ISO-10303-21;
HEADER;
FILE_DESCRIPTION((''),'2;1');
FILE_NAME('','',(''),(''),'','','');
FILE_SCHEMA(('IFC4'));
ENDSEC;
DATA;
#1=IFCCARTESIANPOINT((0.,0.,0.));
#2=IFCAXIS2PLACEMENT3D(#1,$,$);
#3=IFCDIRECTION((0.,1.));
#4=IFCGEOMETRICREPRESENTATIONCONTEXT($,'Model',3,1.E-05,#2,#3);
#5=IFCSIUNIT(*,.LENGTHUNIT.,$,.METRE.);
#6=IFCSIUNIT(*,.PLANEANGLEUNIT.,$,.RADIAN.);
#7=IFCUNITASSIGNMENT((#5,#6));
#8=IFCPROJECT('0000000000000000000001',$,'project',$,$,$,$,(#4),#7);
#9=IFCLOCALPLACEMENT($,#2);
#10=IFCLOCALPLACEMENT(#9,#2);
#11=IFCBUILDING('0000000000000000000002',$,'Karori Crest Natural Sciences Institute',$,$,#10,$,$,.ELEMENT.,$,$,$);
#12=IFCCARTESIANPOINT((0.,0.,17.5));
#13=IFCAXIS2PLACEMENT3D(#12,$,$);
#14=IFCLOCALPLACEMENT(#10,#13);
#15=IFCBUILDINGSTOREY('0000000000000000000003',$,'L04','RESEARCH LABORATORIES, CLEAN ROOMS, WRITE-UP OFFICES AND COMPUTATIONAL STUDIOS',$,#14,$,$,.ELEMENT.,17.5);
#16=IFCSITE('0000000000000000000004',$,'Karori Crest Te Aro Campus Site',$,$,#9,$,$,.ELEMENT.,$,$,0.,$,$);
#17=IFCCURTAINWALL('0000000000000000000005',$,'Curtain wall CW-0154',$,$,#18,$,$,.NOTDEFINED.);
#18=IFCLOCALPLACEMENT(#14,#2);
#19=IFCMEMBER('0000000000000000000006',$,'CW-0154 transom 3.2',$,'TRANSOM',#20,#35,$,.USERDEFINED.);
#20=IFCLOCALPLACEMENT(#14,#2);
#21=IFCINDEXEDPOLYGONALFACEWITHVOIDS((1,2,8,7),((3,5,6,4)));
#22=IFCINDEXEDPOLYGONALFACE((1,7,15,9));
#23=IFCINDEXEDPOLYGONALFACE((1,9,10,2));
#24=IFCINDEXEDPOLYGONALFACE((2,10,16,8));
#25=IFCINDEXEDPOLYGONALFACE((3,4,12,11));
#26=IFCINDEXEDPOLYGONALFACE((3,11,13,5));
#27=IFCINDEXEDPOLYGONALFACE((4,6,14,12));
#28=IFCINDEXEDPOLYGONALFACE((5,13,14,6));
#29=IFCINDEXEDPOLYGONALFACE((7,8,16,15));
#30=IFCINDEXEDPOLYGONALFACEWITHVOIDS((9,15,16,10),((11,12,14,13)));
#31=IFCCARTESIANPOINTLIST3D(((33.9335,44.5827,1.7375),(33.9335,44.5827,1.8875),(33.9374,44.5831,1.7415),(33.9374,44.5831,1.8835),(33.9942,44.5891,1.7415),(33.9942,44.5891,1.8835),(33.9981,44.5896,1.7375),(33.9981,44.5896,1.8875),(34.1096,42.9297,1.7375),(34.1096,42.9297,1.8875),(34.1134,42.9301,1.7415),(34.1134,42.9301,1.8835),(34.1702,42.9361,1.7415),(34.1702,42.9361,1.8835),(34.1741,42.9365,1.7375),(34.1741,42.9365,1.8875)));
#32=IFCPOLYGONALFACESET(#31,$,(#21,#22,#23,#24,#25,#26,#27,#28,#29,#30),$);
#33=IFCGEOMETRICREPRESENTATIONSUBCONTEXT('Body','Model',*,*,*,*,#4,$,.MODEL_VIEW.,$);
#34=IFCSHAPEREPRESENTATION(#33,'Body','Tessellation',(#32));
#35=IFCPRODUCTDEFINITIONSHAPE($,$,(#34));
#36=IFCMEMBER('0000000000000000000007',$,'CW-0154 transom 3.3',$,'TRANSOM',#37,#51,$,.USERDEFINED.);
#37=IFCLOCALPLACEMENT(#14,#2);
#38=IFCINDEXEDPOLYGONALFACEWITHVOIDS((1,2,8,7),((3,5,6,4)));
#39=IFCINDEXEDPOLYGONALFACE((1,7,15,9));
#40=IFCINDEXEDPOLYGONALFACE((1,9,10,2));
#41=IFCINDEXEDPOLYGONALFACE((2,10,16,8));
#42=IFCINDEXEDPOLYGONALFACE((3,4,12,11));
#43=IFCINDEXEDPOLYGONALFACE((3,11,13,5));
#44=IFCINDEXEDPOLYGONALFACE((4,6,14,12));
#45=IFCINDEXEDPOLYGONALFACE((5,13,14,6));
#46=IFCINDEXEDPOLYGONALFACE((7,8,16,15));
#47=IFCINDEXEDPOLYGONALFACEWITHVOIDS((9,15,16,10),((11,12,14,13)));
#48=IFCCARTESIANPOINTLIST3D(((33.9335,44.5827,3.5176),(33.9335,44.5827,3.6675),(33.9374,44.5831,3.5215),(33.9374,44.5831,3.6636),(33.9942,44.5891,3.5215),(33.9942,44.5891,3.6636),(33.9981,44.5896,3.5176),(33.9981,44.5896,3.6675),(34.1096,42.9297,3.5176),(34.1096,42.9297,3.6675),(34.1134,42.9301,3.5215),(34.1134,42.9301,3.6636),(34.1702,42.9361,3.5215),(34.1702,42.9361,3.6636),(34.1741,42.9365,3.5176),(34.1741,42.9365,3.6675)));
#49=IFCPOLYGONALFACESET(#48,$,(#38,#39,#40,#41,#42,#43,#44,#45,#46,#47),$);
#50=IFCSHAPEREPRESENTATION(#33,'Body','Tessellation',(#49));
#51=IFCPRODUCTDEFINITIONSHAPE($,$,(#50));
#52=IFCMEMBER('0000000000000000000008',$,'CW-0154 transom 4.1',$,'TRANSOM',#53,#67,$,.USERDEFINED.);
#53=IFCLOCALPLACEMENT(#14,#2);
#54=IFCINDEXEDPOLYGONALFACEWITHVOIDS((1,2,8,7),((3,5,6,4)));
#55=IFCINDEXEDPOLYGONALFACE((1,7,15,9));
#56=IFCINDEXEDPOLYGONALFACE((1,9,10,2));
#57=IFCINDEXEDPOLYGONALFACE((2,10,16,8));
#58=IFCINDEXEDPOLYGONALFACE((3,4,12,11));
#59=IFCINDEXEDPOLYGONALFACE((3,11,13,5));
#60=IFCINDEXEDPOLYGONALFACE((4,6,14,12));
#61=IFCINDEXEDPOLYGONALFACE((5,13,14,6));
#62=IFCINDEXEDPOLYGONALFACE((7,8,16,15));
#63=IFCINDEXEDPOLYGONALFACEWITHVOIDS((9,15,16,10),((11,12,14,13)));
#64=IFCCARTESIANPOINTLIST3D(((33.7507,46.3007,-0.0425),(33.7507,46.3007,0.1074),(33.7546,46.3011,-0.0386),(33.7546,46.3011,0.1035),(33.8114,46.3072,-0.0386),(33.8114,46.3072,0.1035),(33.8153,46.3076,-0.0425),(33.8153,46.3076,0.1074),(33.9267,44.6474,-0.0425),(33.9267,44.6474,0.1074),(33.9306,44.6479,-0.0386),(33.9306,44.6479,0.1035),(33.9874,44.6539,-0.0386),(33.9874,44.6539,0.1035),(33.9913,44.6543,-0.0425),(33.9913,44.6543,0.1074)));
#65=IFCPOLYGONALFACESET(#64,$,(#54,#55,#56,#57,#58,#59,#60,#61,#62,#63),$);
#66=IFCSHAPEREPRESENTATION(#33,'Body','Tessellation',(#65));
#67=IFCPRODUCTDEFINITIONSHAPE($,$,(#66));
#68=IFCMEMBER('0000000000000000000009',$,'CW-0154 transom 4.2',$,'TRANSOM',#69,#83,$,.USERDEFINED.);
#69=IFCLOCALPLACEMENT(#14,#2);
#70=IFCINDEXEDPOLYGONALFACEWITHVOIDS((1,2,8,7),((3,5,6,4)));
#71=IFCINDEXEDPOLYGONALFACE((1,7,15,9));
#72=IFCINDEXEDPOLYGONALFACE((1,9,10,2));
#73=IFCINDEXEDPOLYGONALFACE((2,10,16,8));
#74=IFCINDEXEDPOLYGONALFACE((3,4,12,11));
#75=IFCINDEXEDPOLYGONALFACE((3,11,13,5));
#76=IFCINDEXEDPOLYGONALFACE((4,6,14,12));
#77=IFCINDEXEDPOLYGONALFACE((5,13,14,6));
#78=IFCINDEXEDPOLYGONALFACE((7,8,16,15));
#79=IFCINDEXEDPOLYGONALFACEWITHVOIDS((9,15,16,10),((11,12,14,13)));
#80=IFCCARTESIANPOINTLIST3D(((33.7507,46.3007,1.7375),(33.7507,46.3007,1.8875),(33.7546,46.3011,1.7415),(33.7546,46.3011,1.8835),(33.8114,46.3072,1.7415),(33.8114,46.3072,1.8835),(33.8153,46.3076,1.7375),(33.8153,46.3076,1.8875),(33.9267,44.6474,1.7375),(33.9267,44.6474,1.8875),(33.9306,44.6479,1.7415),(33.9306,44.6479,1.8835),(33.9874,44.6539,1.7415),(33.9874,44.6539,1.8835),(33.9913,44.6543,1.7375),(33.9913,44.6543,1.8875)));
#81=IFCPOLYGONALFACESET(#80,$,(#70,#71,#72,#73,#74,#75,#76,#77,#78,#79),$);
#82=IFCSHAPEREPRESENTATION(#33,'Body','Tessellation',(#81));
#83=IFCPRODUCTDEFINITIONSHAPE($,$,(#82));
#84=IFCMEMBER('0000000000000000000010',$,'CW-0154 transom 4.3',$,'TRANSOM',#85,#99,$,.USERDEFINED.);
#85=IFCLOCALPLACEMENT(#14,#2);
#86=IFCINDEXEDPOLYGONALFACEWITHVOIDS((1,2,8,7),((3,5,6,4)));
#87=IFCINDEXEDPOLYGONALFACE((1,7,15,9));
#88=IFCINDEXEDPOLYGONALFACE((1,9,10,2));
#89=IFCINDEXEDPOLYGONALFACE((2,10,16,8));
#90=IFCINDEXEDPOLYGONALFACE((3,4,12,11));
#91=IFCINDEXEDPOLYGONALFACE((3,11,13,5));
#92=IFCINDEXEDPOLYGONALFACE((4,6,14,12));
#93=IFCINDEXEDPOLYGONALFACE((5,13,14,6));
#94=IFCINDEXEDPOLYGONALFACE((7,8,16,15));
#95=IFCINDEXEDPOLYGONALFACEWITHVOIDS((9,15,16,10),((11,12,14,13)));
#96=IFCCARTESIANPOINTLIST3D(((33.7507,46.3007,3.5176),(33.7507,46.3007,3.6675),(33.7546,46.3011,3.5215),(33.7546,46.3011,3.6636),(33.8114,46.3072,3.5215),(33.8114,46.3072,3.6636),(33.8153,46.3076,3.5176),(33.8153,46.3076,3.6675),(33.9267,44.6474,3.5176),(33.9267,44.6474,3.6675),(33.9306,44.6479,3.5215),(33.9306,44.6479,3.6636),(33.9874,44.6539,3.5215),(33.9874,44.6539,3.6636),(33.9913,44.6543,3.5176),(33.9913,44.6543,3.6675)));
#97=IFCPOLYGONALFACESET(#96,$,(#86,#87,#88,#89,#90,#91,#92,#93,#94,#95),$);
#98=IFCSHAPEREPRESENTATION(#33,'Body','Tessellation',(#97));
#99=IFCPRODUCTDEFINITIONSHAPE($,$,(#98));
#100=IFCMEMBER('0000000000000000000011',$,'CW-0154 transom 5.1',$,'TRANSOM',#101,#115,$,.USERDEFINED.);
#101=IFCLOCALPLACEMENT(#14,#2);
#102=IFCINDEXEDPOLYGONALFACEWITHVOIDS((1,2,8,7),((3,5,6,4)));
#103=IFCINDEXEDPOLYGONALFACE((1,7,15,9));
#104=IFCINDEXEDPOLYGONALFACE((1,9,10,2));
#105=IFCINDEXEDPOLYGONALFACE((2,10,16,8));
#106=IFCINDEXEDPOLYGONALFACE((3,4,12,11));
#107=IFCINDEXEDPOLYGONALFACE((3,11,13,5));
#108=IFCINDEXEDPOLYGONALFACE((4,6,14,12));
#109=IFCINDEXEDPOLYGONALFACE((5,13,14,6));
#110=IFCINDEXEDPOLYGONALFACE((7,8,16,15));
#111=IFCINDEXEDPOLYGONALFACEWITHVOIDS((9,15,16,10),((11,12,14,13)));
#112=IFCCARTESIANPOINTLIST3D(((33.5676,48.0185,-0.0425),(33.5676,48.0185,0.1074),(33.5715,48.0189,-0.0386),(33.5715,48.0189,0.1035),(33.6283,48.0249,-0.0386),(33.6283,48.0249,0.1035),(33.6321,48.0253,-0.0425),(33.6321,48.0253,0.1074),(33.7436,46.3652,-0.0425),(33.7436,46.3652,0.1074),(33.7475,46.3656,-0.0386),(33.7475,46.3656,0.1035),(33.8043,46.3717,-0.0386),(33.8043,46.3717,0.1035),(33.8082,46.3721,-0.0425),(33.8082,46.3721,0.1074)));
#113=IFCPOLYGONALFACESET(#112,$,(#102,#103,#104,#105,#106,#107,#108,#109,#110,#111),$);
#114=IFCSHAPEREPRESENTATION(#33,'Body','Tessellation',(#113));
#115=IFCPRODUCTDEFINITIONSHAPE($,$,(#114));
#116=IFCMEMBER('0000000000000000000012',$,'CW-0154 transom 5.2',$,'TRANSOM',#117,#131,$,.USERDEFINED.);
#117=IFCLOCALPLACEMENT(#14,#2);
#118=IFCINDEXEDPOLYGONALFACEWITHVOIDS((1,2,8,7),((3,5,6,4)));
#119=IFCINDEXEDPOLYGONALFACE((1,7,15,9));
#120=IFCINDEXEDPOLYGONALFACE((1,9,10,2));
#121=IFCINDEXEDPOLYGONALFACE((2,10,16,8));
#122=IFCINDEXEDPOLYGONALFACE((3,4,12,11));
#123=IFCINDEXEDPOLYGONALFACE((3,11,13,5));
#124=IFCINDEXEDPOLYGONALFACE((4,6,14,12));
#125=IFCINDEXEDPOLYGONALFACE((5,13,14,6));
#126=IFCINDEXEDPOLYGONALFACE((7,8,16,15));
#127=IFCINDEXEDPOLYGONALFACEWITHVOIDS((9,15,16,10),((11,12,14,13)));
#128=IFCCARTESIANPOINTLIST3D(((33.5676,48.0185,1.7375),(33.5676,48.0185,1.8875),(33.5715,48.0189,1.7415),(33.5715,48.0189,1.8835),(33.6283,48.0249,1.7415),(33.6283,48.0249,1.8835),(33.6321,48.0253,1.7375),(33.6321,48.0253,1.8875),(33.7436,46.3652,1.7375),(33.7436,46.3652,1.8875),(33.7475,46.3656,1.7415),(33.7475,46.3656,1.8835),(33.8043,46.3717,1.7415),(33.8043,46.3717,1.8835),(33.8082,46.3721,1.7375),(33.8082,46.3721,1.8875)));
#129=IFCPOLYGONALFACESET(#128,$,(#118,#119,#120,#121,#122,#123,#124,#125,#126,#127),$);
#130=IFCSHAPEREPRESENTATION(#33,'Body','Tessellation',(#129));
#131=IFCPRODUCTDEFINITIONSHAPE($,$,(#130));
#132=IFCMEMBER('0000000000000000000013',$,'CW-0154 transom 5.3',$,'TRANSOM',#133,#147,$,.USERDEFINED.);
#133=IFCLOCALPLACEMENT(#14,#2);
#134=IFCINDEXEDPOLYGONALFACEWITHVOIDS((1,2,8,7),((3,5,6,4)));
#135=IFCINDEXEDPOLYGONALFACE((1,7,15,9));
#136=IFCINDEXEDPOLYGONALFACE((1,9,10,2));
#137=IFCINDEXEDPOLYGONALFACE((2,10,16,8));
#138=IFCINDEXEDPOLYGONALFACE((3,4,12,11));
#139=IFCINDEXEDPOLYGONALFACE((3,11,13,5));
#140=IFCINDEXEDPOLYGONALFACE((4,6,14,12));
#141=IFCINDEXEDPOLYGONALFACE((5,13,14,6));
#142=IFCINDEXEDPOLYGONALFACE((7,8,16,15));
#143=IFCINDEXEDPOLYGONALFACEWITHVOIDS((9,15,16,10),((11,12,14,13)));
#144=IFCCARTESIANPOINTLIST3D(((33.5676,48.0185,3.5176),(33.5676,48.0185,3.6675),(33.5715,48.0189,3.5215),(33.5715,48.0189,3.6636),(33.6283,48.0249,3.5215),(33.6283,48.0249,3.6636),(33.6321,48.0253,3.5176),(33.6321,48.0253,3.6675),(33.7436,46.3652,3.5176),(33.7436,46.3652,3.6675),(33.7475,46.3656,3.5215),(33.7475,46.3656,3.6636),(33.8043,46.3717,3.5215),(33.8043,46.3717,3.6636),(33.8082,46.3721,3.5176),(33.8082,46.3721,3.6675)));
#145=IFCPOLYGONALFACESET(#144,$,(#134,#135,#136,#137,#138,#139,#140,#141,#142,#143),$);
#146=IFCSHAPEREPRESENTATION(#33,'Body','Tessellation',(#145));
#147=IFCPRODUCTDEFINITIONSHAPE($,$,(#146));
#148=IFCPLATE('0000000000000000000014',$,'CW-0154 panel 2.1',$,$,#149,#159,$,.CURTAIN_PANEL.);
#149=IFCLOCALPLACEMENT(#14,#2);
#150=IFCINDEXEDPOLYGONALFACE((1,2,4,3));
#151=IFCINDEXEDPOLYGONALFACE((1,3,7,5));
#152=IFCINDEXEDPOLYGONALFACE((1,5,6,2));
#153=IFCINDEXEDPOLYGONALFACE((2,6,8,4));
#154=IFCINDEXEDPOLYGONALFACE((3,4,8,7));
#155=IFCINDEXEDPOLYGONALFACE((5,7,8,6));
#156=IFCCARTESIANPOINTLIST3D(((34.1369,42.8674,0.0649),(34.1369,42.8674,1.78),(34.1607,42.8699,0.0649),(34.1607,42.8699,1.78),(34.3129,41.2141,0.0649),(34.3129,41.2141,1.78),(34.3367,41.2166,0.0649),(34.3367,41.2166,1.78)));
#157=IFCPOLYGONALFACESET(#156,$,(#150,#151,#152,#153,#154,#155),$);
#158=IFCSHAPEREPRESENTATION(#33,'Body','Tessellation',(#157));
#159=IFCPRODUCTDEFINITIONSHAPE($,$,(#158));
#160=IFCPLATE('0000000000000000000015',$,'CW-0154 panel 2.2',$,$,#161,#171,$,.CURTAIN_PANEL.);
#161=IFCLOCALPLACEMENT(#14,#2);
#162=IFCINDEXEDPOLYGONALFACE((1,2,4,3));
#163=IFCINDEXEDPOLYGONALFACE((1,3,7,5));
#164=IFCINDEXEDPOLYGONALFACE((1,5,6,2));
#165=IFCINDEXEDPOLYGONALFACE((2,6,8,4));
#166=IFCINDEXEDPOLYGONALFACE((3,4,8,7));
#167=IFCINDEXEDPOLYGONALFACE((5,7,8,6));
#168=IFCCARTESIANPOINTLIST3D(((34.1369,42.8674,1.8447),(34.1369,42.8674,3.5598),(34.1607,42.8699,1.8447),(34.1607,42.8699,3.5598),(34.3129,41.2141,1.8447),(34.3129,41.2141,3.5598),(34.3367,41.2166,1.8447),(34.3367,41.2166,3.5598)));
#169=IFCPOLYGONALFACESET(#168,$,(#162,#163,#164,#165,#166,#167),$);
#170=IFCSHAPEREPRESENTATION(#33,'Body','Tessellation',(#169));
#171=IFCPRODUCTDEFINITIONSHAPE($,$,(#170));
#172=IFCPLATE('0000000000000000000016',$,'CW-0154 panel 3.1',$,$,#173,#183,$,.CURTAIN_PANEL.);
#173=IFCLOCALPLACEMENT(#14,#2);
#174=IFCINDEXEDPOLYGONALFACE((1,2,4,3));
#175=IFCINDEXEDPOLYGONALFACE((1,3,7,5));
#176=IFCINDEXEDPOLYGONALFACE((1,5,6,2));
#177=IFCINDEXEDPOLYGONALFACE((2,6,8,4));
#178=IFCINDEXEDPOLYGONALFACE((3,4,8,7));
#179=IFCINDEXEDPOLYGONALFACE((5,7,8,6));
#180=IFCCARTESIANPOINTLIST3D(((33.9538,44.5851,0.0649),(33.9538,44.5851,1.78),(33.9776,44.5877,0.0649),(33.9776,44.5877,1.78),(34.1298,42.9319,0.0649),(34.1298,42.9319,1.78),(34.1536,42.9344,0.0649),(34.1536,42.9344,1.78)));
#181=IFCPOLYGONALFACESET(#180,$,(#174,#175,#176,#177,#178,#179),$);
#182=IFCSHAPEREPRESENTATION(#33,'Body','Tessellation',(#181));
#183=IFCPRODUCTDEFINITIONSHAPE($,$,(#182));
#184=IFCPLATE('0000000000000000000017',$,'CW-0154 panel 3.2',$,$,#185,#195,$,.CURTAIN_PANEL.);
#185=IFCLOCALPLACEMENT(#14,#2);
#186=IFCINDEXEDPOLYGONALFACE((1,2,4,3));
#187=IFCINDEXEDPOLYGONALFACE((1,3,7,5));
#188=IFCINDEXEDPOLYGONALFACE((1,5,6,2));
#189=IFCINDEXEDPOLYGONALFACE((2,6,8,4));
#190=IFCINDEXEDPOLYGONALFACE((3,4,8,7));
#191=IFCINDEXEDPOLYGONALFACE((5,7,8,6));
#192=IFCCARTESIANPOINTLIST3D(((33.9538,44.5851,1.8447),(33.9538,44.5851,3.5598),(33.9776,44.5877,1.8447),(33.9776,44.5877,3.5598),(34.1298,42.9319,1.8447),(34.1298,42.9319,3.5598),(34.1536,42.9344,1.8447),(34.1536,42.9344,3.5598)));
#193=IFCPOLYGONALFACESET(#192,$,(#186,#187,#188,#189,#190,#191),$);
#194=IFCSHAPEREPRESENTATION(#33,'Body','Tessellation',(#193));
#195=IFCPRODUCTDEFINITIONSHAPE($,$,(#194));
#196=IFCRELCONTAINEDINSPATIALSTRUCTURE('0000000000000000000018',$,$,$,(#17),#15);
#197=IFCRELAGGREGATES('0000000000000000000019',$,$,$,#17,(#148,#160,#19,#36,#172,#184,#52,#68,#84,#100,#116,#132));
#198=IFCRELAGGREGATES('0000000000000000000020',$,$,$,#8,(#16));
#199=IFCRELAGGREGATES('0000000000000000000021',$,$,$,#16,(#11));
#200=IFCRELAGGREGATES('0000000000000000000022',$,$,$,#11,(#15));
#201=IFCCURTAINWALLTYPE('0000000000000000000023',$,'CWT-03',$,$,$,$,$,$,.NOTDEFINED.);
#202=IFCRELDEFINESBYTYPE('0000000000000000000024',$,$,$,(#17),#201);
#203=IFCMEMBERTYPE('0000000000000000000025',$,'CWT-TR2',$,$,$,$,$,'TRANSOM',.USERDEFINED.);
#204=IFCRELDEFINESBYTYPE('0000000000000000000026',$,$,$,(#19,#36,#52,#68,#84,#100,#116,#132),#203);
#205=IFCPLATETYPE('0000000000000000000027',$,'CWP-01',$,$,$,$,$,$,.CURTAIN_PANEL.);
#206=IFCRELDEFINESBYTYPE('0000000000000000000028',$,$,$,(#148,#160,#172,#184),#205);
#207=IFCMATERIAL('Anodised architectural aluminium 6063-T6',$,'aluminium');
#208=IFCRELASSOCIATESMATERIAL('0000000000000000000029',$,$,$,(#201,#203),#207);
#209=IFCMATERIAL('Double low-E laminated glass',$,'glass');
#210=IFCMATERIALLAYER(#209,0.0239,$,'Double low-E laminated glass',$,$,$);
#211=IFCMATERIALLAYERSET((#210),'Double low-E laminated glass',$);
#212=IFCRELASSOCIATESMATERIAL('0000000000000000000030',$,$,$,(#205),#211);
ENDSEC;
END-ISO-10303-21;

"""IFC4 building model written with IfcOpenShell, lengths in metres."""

from ifc_helpers import new_model, si_unit, direction, frame, origin, origin_2d, place, context, subcontext, project, spatial, rectangle, hollow_rectangle, extrude, material, layer, layer_set, material_profile, profile_set, type_object, element, aggregate, save


model = new_model("IFC4")

# Units and contexts
model_context = context("Model", 3, precision=1e-05, world=origin(), true_north=direction((0.0, 1.0)))
body_context = subcontext(model_context, "Body", "Model", "MODEL_VIEW")
ifc_project = project(units=[si_unit("LENGTHUNIT", "METRE"), si_unit("PLANEANGLEUNIT", "RADIAN")], contexts=[model_context])

# Site, building, storey
site_placement = place(None, origin())
site = spatial("IfcSite", under=ifc_project, at=site_placement, Name="Karori Crest Te Aro Campus Site", CompositionType="ELEMENT", RefElevation=0.0)
building_placement = place(site_placement, origin())
building = spatial("IfcBuilding", under=site, at=building_placement, Name="Karori Crest Natural Sciences Institute", CompositionType="ELEMENT")
storey_placement = place(building_placement, frame((0.0, 0.0, 17.5)))
storey = spatial("IfcBuildingStorey", under=building, at=storey_placement, Name="L04", Description="RESEARCH LABORATORIES, CLEAN ROOMS, WRITE-UP OFFICES AND COMPUTATIONAL STUDIOS", CompositionType="ELEMENT", Elevation=17.5)

# Curtain wall
ifc_material_1 = material(Name="Anodised architectural aluminium 6063-T6", Category="aluminium")
curtain_wall_type_1 = type_object("IfcCurtainWallType", Name="CWT-03", PredefinedType="NOTDEFINED", material=ifc_material_1)
curtain_wall_1_placement = place(storey_placement, origin())
curtain_wall_1 = element("IfcCurtainWall", 1, at=curtain_wall_1_placement, inside=storey, type_object=curtain_wall_type_1, Name="Curtain wall CW-0154", PredefinedType="NOTDEFINED")

# Members
ifc_material_profile_1 = material_profile(ifc_material_1, hollow_rectangle(XDim=0.0649, YDim=0.1499, WallThickness=0.0039, at=origin_2d()), Name="CWT150x65x4")
ifc_profile_set_1 = profile_set([ifc_material_profile_1], Name="Anodised architectural aluminium 6063-T6")
member_type_1 = type_object("IfcMemberType", Name="CWT-TR2", ElementType="TRANSOM", PredefinedType="USERDEFINED", material=ifc_profile_set_1)
member_1_placement = place(storey_placement, frame((34.1418, 42.9331, 1.8125), z_axis=(-0.105885, 0.994378, 0.0), x_axis=(-0.994378, -0.105885, 0.0)))
member_1 = element("IfcMember", 2, at=member_1_placement, type_object=member_type_1, Name="CW-0154 transom 3.2", ObjectType="TRANSOM", PredefinedType="USERDEFINED", context=body_context, shape_type="SweptSolid", body=[
    extrude(hollow_rectangle(XDim=0.0649, YDim=0.1499, WallThickness=0.0039, at=origin_2d()), origin(), (0.0, 0.0, 1.0), 1.6624),
])
member_2_placement = place(storey_placement, frame((34.1418, 42.9331, 3.5925), z_axis=(-0.105885, 0.994378, 0.0), x_axis=(-0.994378, -0.105885, 0.0)))
member_2 = element("IfcMember", 3, at=member_2_placement, type_object=member_type_1, Name="CW-0154 transom 3.3", ObjectType="TRANSOM", PredefinedType="USERDEFINED", context=body_context, shape_type="SweptSolid", body=[
    extrude(hollow_rectangle(XDim=0.0649, YDim=0.1499, WallThickness=0.0039, at=origin_2d()), origin(), (0.0, 0.0, 1.0), 1.6624),
])
member_3_placement = place(storey_placement, frame((33.959, 44.6509, 0.0325), z_axis=(-0.105869, 0.99438, 0.0), x_axis=(-0.99438, -0.105869, 0.0)))
member_3 = element("IfcMember", 4, at=member_3_placement, type_object=member_type_1, Name="CW-0154 transom 4.1", ObjectType="TRANSOM", PredefinedType="USERDEFINED", context=body_context, shape_type="SweptSolid", body=[
    extrude(hollow_rectangle(XDim=0.0649, YDim=0.1499, WallThickness=0.0039, at=origin_2d()), origin(), (0.0, 0.0, 1.0), 1.6626),
])
member_4_placement = place(storey_placement, frame((33.959, 44.6509, 1.8125), z_axis=(-0.105869, 0.99438, 0.0), x_axis=(-0.99438, -0.105869, 0.0)))
member_4 = element("IfcMember", 5, at=member_4_placement, type_object=member_type_1, Name="CW-0154 transom 4.2", ObjectType="TRANSOM", PredefinedType="USERDEFINED", context=body_context, shape_type="SweptSolid", body=[
    extrude(hollow_rectangle(XDim=0.0649, YDim=0.1499, WallThickness=0.0039, at=origin_2d()), origin(), (0.0, 0.0, 1.0), 1.6626),
])
member_5_placement = place(storey_placement, frame((33.959, 44.6509, 3.5925), z_axis=(-0.105869, 0.99438, 0.0), x_axis=(-0.99438, -0.105869, 0.0)))
member_5 = element("IfcMember", 6, at=member_5_placement, type_object=member_type_1, Name="CW-0154 transom 4.3", ObjectType="TRANSOM", PredefinedType="USERDEFINED", context=body_context, shape_type="SweptSolid", body=[
    extrude(hollow_rectangle(XDim=0.0649, YDim=0.1499, WallThickness=0.0039, at=origin_2d()), origin(), (0.0, 0.0, 1.0), 1.6626),
])
member_6_placement = place(storey_placement, frame((33.7759, 46.3687, 0.0325), z_axis=(-0.105869, 0.99438, 0.0), x_axis=(-0.99438, -0.105869, 0.0)))
member_6 = element("IfcMember", 7, at=member_6_placement, type_object=member_type_1, Name="CW-0154 transom 5.1", ObjectType="TRANSOM", PredefinedType="USERDEFINED", context=body_context, shape_type="SweptSolid", body=[
    extrude(hollow_rectangle(XDim=0.0649, YDim=0.1499, WallThickness=0.0039, at=origin_2d()), origin(), (0.0, 0.0, 1.0), 1.6626),
])
member_7_placement = place(storey_placement, frame((33.7759, 46.3687, 1.8125), z_axis=(-0.105869, 0.99438, 0.0), x_axis=(-0.99438, -0.105869, 0.0)))
member_7 = element("IfcMember", 8, at=member_7_placement, type_object=member_type_1, Name="CW-0154 transom 5.2", ObjectType="TRANSOM", PredefinedType="USERDEFINED", context=body_context, shape_type="SweptSolid", body=[
    extrude(hollow_rectangle(XDim=0.0649, YDim=0.1499, WallThickness=0.0039, at=origin_2d()), origin(), (0.0, 0.0, 1.0), 1.6626),
])
member_8_placement = place(storey_placement, frame((33.7759, 46.3687, 3.5925), z_axis=(-0.105869, 0.99438, 0.0), x_axis=(-0.99438, -0.105869, 0.0)))
member_8 = element("IfcMember", 9, at=member_8_placement, type_object=member_type_1, Name="CW-0154 transom 5.3", ObjectType="TRANSOM", PredefinedType="USERDEFINED", context=body_context, shape_type="SweptSolid", body=[
    extrude(hollow_rectangle(XDim=0.0649, YDim=0.1499, WallThickness=0.0039, at=origin_2d()), origin(), (0.0, 0.0, 1.0), 1.6626),
])

# Plates
ifc_material_2 = material(Name="Double low-E laminated glass", Category="glass")
ifc_layer_1 = layer(ifc_material_2, 0.0239, Name="Double low-E laminated glass")
ifc_layer_set_1 = layer_set([ifc_layer_1], Name="Double low-E laminated glass")
plate_type_1 = type_object("IfcPlateType", Name="CWP-01", PredefinedType="CURTAIN_PANEL", material=ifc_layer_set_1)
plate_1_placement = place(storey_placement, frame((34.2368, 42.042, 0.0649), z_axis=(0.0, 0.0, 1.0), x_axis=(-0.105884, 0.994378, 0.0)))
plate_1 = element("IfcPlate", 10, at=plate_1_placement, type_object=plate_type_1, Name="CW-0154 panel 2.1", PredefinedType="CURTAIN_PANEL", context=body_context, shape_type="SweptSolid", body=[
    extrude(rectangle(XDim=1.6626, YDim=0.0239, at=origin_2d()), origin(), (0.0, 0.0, 1.0), 1.7151),
])
plate_2_placement = place(storey_placement, frame((34.2368, 42.042, 1.8447), z_axis=(0.0, 0.0, 1.0), x_axis=(-0.105884, 0.994378, 0.0)))
plate_2 = element("IfcPlate", 11, at=plate_2_placement, type_object=plate_type_1, Name="CW-0154 panel 2.2", PredefinedType="CURTAIN_PANEL", context=body_context, shape_type="SweptSolid", body=[
    extrude(rectangle(XDim=1.6626, YDim=0.0239, at=origin_2d()), origin(), (0.0, 0.0, 1.0), 1.7151),
])
plate_3_placement = place(storey_placement, frame((34.0537, 43.7598, 0.0649), z_axis=(0.0, 0.0, 1.0), x_axis=(-0.105884, 0.994378, 0.0)))
plate_3 = element("IfcPlate", 12, at=plate_3_placement, type_object=plate_type_1, Name="CW-0154 panel 3.1", PredefinedType="CURTAIN_PANEL", context=body_context, shape_type="SweptSolid", body=[
    extrude(rectangle(XDim=1.6626, YDim=0.0239, at=origin_2d()), origin(), (0.0, 0.0, 1.0), 1.7151),
])
plate_4_placement = place(storey_placement, frame((34.0537, 43.7598, 1.8447), z_axis=(0.0, 0.0, 1.0), x_axis=(-0.105884, 0.994378, 0.0)))
plate_4 = element("IfcPlate", 13, at=plate_4_placement, type_object=plate_type_1, Name="CW-0154 panel 3.2", PredefinedType="CURTAIN_PANEL", context=body_context, shape_type="SweptSolid", body=[
    extrude(rectangle(XDim=1.6626, YDim=0.0239, at=origin_2d()), origin(), (0.0, 0.0, 1.0), 1.7151),
])
aggregate(curtain_wall_1, [plate_1, plate_2, member_1, member_2, plate_3, plate_4, member_3, member_4, member_5, member_6, member_7, member_8])

save(model, "model.ifc")
